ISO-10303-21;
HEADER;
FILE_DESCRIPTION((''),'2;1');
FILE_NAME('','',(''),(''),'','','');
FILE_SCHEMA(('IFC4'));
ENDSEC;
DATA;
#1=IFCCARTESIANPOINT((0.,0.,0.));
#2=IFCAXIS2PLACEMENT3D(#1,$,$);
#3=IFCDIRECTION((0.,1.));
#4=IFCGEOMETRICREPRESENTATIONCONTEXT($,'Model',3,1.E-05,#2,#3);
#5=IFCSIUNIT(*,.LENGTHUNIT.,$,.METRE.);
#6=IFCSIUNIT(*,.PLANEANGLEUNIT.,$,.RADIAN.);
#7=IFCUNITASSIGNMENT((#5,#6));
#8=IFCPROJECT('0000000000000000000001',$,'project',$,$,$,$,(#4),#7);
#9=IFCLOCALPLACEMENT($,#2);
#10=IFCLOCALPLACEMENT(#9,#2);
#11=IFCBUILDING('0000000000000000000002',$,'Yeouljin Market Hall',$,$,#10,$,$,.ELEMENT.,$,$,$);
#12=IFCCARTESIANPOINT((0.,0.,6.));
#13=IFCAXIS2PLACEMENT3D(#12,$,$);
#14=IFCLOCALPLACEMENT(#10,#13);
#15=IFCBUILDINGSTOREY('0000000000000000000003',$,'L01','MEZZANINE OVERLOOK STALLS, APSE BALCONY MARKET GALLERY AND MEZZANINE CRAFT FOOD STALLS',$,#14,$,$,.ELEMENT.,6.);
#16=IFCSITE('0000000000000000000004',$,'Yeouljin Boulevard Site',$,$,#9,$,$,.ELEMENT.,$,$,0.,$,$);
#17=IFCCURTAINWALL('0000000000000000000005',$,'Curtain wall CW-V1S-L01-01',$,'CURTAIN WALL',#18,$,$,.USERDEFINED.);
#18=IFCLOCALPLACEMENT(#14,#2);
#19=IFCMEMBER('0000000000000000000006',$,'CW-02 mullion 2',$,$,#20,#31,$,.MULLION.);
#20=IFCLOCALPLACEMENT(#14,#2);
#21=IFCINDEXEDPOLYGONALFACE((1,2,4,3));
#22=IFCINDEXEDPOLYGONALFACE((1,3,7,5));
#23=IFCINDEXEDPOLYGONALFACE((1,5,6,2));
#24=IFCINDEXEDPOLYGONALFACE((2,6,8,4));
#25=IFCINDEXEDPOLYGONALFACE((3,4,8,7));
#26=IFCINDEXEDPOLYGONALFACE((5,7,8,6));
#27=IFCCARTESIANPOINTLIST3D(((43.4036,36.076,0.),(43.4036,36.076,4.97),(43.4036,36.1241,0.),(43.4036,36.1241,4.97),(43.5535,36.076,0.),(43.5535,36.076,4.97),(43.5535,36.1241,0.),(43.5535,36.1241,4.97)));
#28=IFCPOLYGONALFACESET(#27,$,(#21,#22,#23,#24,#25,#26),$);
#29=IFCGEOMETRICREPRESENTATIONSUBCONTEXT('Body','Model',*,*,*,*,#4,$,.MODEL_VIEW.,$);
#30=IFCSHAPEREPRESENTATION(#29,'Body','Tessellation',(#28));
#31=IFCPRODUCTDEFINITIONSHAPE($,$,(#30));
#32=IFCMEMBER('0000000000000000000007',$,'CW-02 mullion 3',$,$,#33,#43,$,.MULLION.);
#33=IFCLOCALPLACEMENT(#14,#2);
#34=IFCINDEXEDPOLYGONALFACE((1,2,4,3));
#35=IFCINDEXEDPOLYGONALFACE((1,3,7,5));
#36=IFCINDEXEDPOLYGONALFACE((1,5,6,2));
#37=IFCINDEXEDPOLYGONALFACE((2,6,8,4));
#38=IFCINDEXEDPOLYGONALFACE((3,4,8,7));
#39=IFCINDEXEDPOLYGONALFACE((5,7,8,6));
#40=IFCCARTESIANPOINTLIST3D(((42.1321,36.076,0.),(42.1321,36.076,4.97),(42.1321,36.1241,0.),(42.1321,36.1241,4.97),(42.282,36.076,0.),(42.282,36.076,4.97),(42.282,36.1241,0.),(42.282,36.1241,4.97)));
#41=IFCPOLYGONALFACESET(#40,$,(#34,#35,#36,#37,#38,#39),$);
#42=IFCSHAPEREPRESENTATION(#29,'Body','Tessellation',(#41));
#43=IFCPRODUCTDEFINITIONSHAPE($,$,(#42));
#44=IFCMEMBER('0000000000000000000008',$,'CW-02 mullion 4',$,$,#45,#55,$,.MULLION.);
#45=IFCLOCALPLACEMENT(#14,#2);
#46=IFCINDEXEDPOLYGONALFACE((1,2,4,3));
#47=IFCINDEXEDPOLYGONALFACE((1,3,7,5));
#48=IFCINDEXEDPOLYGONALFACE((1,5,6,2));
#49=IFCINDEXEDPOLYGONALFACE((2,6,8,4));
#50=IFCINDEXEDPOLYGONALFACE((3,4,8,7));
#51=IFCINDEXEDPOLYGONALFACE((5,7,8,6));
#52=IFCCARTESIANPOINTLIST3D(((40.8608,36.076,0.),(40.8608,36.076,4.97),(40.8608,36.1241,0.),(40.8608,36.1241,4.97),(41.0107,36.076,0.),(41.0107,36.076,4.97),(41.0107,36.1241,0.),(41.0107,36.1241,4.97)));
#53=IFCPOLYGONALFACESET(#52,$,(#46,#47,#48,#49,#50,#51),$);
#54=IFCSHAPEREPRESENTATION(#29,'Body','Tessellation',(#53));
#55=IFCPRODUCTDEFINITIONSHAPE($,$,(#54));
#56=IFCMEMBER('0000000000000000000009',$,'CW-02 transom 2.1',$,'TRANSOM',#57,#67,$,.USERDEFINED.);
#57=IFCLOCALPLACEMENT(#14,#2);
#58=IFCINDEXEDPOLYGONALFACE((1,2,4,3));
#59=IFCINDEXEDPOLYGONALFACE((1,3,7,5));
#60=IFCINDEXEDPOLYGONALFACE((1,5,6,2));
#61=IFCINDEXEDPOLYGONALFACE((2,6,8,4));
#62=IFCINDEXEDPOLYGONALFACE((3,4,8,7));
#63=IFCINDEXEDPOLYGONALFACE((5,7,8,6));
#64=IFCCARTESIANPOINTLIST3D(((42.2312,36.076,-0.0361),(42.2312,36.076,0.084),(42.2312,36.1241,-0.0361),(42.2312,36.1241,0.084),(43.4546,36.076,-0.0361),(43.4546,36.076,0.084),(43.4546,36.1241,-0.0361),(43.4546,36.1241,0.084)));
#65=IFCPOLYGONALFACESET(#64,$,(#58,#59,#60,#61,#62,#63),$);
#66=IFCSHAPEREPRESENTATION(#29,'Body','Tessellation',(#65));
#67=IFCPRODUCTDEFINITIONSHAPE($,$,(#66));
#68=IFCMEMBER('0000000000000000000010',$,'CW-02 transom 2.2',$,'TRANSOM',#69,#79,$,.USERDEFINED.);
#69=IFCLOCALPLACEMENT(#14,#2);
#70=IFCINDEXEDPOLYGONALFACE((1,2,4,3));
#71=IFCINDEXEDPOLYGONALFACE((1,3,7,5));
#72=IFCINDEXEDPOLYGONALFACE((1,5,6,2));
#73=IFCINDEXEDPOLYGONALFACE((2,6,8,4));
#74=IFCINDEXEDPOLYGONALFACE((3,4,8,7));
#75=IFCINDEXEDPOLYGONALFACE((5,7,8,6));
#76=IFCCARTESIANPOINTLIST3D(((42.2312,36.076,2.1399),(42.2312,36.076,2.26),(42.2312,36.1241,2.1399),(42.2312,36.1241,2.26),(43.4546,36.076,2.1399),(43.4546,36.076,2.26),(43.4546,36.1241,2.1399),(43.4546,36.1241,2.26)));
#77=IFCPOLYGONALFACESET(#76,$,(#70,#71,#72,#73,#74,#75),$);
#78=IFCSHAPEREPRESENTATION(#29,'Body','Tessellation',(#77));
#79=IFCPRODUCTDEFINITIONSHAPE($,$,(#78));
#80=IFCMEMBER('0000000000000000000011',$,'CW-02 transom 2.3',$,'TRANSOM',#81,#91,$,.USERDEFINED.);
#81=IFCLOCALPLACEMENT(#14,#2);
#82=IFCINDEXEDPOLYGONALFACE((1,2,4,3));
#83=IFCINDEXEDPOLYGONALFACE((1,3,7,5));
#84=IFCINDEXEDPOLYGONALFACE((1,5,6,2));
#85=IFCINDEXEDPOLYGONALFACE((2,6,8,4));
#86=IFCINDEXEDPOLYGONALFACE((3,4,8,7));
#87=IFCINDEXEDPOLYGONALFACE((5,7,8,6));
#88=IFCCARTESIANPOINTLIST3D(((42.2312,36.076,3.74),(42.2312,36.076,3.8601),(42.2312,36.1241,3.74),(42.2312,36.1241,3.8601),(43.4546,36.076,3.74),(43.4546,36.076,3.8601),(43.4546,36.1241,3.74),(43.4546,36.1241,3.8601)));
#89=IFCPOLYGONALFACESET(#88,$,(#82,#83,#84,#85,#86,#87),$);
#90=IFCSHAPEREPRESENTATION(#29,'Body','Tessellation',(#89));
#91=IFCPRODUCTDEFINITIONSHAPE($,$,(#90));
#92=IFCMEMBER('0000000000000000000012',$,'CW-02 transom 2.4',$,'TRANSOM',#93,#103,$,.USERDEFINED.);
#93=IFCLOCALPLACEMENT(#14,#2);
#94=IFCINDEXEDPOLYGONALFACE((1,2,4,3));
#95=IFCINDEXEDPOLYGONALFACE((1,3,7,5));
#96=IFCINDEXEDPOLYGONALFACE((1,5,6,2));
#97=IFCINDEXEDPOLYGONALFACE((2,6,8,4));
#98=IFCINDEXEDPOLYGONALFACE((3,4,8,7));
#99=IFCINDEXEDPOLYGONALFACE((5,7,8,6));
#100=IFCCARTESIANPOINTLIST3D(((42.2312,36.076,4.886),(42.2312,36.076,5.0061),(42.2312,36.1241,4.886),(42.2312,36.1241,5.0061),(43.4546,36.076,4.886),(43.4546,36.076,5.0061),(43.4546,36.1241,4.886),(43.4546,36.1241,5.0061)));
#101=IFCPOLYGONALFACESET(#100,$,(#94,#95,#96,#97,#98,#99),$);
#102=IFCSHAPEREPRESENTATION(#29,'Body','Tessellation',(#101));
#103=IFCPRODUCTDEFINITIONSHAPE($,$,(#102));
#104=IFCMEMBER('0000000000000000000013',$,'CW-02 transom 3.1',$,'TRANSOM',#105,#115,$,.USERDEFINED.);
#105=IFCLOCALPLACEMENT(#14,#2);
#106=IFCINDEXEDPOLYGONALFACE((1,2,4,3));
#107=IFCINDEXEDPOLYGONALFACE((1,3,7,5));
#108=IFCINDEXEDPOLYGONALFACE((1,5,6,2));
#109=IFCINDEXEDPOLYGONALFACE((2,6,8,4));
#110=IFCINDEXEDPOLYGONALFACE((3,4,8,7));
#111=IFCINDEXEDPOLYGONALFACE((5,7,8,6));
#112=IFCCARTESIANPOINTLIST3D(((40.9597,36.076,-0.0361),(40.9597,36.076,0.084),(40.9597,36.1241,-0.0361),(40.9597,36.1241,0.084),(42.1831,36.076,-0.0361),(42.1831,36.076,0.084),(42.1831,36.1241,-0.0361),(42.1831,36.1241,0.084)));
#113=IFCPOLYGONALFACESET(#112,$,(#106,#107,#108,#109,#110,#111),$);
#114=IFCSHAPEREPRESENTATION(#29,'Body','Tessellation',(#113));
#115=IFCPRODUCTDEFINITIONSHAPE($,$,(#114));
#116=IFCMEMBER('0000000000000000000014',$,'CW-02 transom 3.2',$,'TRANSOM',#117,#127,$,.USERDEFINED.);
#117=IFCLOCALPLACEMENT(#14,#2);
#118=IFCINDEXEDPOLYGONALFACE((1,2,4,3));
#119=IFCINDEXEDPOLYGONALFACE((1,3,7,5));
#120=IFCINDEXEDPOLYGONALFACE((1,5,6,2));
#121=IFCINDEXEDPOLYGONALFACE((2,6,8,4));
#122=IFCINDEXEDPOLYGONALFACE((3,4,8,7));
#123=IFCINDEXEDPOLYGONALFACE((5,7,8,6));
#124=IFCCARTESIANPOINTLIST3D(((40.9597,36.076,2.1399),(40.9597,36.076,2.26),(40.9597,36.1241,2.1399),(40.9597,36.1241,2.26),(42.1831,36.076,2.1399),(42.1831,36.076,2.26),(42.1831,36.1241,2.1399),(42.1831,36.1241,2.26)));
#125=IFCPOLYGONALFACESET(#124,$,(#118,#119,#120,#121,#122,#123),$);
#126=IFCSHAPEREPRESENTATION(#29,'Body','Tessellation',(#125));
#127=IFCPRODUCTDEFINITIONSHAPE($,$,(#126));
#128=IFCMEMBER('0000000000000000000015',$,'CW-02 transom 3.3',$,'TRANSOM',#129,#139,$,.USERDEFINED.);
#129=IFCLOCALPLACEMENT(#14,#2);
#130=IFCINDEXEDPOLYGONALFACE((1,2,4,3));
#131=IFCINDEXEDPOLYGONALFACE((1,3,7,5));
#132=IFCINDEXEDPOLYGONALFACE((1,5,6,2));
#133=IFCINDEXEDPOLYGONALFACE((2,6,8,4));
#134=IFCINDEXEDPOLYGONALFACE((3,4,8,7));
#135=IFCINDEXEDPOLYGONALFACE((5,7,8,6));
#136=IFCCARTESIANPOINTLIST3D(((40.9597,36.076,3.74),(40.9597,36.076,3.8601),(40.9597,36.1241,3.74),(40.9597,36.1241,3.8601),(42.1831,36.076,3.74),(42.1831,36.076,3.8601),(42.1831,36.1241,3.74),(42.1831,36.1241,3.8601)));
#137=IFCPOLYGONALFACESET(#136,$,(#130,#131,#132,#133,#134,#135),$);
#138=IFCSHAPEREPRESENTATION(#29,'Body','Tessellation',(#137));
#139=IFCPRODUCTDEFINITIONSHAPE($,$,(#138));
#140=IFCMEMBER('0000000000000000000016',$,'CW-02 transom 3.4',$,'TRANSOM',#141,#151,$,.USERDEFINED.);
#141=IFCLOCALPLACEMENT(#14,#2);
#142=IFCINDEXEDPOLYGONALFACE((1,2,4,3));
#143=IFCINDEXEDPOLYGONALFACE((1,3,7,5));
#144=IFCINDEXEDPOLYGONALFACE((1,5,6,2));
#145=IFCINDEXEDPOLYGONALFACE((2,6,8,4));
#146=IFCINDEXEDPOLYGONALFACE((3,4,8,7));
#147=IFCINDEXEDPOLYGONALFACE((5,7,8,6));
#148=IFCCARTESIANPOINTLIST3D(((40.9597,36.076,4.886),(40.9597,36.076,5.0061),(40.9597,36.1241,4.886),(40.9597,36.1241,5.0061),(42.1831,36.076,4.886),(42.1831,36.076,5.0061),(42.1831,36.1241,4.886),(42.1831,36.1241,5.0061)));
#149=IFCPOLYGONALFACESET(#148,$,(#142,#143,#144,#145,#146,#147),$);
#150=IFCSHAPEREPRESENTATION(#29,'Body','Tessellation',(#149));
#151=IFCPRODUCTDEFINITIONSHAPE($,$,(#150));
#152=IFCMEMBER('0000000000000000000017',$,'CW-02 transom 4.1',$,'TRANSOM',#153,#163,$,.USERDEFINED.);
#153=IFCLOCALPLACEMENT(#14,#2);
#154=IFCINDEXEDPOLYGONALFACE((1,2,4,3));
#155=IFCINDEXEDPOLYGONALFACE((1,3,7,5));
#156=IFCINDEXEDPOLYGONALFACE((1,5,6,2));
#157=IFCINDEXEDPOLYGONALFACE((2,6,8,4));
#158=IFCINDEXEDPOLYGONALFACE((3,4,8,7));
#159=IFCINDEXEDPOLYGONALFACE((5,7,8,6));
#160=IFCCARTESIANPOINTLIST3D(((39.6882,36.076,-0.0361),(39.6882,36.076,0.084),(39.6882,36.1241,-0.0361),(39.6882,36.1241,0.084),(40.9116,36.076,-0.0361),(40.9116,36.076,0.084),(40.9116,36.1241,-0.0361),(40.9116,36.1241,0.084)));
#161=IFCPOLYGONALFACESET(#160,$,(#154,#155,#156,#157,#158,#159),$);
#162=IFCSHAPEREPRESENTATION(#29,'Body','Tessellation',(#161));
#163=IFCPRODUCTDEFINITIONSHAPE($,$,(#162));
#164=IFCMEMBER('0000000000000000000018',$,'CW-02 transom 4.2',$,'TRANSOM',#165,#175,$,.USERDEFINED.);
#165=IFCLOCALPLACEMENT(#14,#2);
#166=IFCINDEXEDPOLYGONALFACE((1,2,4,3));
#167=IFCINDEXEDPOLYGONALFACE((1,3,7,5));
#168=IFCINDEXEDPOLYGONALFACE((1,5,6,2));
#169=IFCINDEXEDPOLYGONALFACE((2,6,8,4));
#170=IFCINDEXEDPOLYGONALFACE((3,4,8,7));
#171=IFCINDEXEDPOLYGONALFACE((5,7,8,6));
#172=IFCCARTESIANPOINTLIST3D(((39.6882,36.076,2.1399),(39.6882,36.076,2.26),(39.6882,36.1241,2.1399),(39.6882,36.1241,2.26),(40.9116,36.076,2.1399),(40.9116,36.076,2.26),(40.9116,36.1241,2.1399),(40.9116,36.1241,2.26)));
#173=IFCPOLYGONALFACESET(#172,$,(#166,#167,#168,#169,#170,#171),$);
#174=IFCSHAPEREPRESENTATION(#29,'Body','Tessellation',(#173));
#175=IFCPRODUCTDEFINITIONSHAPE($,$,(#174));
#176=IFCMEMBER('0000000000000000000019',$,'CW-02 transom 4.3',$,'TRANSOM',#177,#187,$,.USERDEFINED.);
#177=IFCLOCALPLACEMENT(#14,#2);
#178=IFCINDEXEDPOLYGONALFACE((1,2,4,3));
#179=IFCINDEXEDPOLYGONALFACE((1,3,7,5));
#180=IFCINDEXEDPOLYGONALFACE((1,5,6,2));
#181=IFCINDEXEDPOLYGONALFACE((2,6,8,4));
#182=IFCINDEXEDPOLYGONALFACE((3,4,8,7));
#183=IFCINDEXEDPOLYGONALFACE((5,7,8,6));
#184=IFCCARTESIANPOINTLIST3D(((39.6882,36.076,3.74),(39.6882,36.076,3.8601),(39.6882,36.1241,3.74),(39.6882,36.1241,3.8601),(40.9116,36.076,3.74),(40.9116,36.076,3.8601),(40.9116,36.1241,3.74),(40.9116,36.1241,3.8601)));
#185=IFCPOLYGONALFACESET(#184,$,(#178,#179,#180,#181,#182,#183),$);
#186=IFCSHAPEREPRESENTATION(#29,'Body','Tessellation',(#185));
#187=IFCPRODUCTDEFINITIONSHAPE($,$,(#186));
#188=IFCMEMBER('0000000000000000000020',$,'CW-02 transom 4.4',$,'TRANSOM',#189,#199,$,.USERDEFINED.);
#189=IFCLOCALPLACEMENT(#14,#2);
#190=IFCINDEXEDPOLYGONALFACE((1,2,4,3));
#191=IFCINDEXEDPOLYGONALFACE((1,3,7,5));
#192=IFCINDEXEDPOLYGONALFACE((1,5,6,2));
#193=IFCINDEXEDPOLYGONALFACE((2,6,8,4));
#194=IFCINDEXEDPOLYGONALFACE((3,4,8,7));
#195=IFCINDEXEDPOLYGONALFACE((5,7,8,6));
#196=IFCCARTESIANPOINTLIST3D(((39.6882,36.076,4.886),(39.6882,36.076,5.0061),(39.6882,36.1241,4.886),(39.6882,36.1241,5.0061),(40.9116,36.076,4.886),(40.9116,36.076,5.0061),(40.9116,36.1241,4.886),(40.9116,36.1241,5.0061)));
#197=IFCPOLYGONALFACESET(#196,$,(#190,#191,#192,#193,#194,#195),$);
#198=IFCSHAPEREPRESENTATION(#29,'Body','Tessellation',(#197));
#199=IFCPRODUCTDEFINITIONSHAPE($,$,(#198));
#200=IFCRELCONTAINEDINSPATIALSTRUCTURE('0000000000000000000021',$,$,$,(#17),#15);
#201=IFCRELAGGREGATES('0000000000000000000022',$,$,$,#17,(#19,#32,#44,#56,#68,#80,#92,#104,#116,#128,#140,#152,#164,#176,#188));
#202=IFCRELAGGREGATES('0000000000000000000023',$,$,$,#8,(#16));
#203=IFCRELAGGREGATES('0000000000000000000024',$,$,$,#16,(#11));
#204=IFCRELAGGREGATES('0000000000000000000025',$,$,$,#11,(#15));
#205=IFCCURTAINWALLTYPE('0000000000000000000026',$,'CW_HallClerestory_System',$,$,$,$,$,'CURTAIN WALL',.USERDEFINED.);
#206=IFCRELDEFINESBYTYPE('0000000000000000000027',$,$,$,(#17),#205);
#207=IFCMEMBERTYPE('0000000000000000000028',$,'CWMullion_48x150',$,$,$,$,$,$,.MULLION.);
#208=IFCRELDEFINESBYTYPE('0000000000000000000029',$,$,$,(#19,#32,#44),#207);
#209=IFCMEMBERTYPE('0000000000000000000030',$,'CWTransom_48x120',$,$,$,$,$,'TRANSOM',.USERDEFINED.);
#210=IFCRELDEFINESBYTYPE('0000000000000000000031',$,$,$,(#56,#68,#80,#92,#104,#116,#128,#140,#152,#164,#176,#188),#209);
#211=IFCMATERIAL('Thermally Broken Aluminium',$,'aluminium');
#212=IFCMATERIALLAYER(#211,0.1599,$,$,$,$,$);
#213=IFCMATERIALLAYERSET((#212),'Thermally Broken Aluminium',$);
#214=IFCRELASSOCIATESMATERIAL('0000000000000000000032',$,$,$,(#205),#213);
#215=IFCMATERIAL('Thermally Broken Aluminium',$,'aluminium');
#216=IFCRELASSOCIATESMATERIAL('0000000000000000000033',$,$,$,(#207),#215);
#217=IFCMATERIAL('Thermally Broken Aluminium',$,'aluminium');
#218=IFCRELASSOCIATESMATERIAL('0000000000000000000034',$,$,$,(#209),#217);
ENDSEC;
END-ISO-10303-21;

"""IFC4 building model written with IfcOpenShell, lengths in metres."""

from ifc_helpers import new_model, si_unit, direction, frame, origin, origin_2d, place, context, subcontext, project, spatial, rectangle, extrude, material, layer, layer_set, material_profile, profile_set, type_object, element, aggregate, save


model = new_model("IFC4")

# Units and contexts
model_context = context("Model", 3, precision=1e-05, world=origin(), true_north=direction((0.0, 1.0)))
body_context = subcontext(model_context, "Body", "Model", "MODEL_VIEW")
ifc_project = project(units=[si_unit("LENGTHUNIT", "METRE"), si_unit("PLANEANGLEUNIT", "RADIAN")], contexts=[model_context])

# Site, building, storey
site_placement = place(None, origin())
site = spatial("IfcSite", under=ifc_project, at=site_placement, Name="Yeouljin Boulevard Site", CompositionType="ELEMENT", RefElevation=0.0)
building_placement = place(site_placement, origin())
building = spatial("IfcBuilding", under=site, at=building_placement, Name="Yeouljin Market Hall", CompositionType="ELEMENT")
storey_placement = place(building_placement, frame((0.0, 0.0, 6.0)))
storey = spatial("IfcBuildingStorey", under=building, at=storey_placement, Name="L01", Description="MEZZANINE OVERLOOK STALLS, APSE BALCONY MARKET GALLERY AND MEZZANINE CRAFT FOOD STALLS", CompositionType="ELEMENT", Elevation=6.0)

# Curtain wall, members
ifc_material_1 = material(Name="Thermally Broken Aluminium", Category="aluminium")
ifc_layer_1 = layer(ifc_material_1, 0.1599)
ifc_layer_set_1 = layer_set([ifc_layer_1], Name="Thermally Broken Aluminium")
curtain_wall_type = type_object("IfcCurtainWallType", Name="CW_HallClerestory_System", ElementType="CURTAIN WALL", PredefinedType="USERDEFINED", material=ifc_layer_set_1)
curtain_wall_placement = place(storey_placement, origin())
curtain_wall = element("IfcCurtainWall", 1, at=curtain_wall_placement, inside=storey, type_object=curtain_wall_type, Name="Curtain wall CW-V1S-L01-01", ObjectType="CURTAIN WALL", PredefinedType="USERDEFINED")
ifc_material_2 = material(Name="Thermally Broken Aluminium", Category="aluminium")
ifc_material_profile_1 = material_profile(ifc_material_2, rectangle(XDim=0.0481, YDim=0.1499, at=origin_2d()), Name="CW-MULL-48x150")
ifc_profile_set_1 = profile_set([ifc_material_profile_1], Name="Thermally Broken Aluminium")
member_type_1 = type_object("IfcMemberType", Name="CWMullion_48x150", PredefinedType="MULLION", material=ifc_profile_set_1)
member_1_placement = place(storey_placement, frame((43.4785, 36.1001, 0.0), z_axis=(0.0, 0.0, 1.0), x_axis=(0.0, -1.0, 0.0)))
member_1 = element("IfcMember", 2, at=member_1_placement, type_object=member_type_1, Name="CW-02 mullion 2", PredefinedType="MULLION", context=body_context, shape_type="SweptSolid", body=[
    extrude(rectangle(XDim=0.0481, YDim=0.1499, at=origin_2d()), origin(), (0.0, 0.0, 1.0), 4.97),
])
member_2_placement = place(storey_placement, frame((42.207, 36.1001, 0.0), z_axis=(0.0, 0.0, 1.0), x_axis=(0.0, -1.0, 0.0)))
member_2 = element("IfcMember", 3, at=member_2_placement, type_object=member_type_1, Name="CW-02 mullion 3", PredefinedType="MULLION", context=body_context, shape_type="SweptSolid", body=[
    extrude(rectangle(XDim=0.0481, YDim=0.1499, at=origin_2d()), origin(), (0.0, 0.0, 1.0), 4.97),
])
member_3_placement = place(storey_placement, frame((40.9358, 36.1001, 0.0), z_axis=(0.0, 0.0, 1.0), x_axis=(0.0, -1.0, 0.0)))
member_3 = element("IfcMember", 4, at=member_3_placement, type_object=member_type_1, Name="CW-02 mullion 4", PredefinedType="MULLION", context=body_context, shape_type="SweptSolid", body=[
    extrude(rectangle(XDim=0.0481, YDim=0.1499, at=origin_2d()), origin(), (0.0, 0.0, 1.0), 4.97),
])
ifc_material_3 = material(Name="Thermally Broken Aluminium", Category="aluminium")
ifc_material_profile_2 = material_profile(ifc_material_3, rectangle(XDim=0.0481, YDim=0.1201, at=origin_2d()), Name="CW-TRAN-48x120")
ifc_profile_set_2 = profile_set([ifc_material_profile_2], Name="Thermally Broken Aluminium")
member_type_2 = type_object("IfcMemberType", Name="CWTransom_48x120", ElementType="TRANSOM", PredefinedType="USERDEFINED", material=ifc_profile_set_2)
member_4_placement = place(storey_placement, frame((43.4546, 36.1001, 0.0239), z_axis=(-1.0, 0.0, 0.0), x_axis=(0.0, -1.0, 0.0)))
member_4 = element("IfcMember", 5, at=member_4_placement, type_object=member_type_2, Name="CW-02 transom 2.1", ObjectType="TRANSOM", PredefinedType="USERDEFINED", context=body_context, shape_type="SweptSolid", body=[
    extrude(rectangle(XDim=0.0481, YDim=0.1201, at=origin_2d()), origin(), (0.0, 0.0, 1.0), 1.2234),
])
member_5_placement = place(storey_placement, frame((43.4546, 36.1001, 2.2), z_axis=(-1.0, 0.0, 0.0), x_axis=(0.0, -1.0, 0.0)))
member_5 = element("IfcMember", 6, at=member_5_placement, type_object=member_type_2, Name="CW-02 transom 2.2", ObjectType="TRANSOM", PredefinedType="USERDEFINED", context=body_context, shape_type="SweptSolid", body=[
    extrude(rectangle(XDim=0.0481, YDim=0.1201, at=origin_2d()), origin(), (0.0, 0.0, 1.0), 1.2234),
])
member_6_placement = place(storey_placement, frame((43.4546, 36.1001, 3.8), z_axis=(-1.0, 0.0, 0.0), x_axis=(0.0, -1.0, 0.0)))
member_6 = element("IfcMember", 7, at=member_6_placement, type_object=member_type_2, Name="CW-02 transom 2.3", ObjectType="TRANSOM", PredefinedType="USERDEFINED", context=body_context, shape_type="SweptSolid", body=[
    extrude(rectangle(XDim=0.0481, YDim=0.1201, at=origin_2d()), origin(), (0.0, 0.0, 1.0), 1.2234),
])
member_7_placement = place(storey_placement, frame((43.4546, 36.1001, 4.946), z_axis=(-1.0, 0.0, 0.0), x_axis=(0.0, -1.0, 0.0)))
member_7 = element("IfcMember", 8, at=member_7_placement, type_object=member_type_2, Name="CW-02 transom 2.4", ObjectType="TRANSOM", PredefinedType="USERDEFINED", context=body_context, shape_type="SweptSolid", body=[
    extrude(rectangle(XDim=0.0481, YDim=0.1201, at=origin_2d()), origin(), (0.0, 0.0, 1.0), 1.2234),
])
member_8_placement = place(storey_placement, frame((42.1831, 36.1001, 0.0239), z_axis=(-1.0, 0.0, 0.0), x_axis=(0.0, -1.0, 0.0)))
member_8 = element("IfcMember", 9, at=member_8_placement, type_object=member_type_2, Name="CW-02 transom 3.1", ObjectType="TRANSOM", PredefinedType="USERDEFINED", context=body_context, shape_type="SweptSolid", body=[
    extrude(rectangle(XDim=0.0481, YDim=0.1201, at=origin_2d()), origin(), (0.0, 0.0, 1.0), 1.2234),
])
member_9_placement = place(storey_placement, frame((42.1831, 36.1001, 2.2), z_axis=(-1.0, 0.0, 0.0), x_axis=(0.0, -1.0, 0.0)))
member_9 = element("IfcMember", 10, at=member_9_placement, type_object=member_type_2, Name="CW-02 transom 3.2", ObjectType="TRANSOM", PredefinedType="USERDEFINED", context=body_context, shape_type="SweptSolid", body=[
    extrude(rectangle(XDim=0.0481, YDim=0.1201, at=origin_2d()), origin(), (0.0, 0.0, 1.0), 1.2234),
])
member_10_placement = place(storey_placement, frame((42.1831, 36.1001, 3.8), z_axis=(-1.0, 0.0, 0.0), x_axis=(0.0, -1.0, 0.0)))
member_10 = element("IfcMember", 11, at=member_10_placement, type_object=member_type_2, Name="CW-02 transom 3.3", ObjectType="TRANSOM", PredefinedType="USERDEFINED", context=body_context, shape_type="SweptSolid", body=[
    extrude(rectangle(XDim=0.0481, YDim=0.1201, at=origin_2d()), origin(), (0.0, 0.0, 1.0), 1.2234),
])
member_11_placement = place(storey_placement, frame((42.1831, 36.1001, 4.946), z_axis=(-1.0, 0.0, 0.0), x_axis=(0.0, -1.0, 0.0)))
member_11 = element("IfcMember", 12, at=member_11_placement, type_object=member_type_2, Name="CW-02 transom 3.4", ObjectType="TRANSOM", PredefinedType="USERDEFINED", context=body_context, shape_type="SweptSolid", body=[
    extrude(rectangle(XDim=0.0481, YDim=0.1201, at=origin_2d()), origin(), (0.0, 0.0, 1.0), 1.2234),
])
member_12_placement = place(storey_placement, frame((40.9116, 36.1001, 0.0239), z_axis=(-1.0, 0.0, 0.0), x_axis=(0.0, -1.0, 0.0)))
member_12 = element("IfcMember", 13, at=member_12_placement, type_object=member_type_2, Name="CW-02 transom 4.1", ObjectType="TRANSOM", PredefinedType="USERDEFINED", context=body_context, shape_type="SweptSolid", body=[
    extrude(rectangle(XDim=0.0481, YDim=0.1201, at=origin_2d()), origin(), (0.0, 0.0, 1.0), 1.2234),
])
member_13_placement = place(storey_placement, frame((40.9116, 36.1001, 2.2), z_axis=(-1.0, 0.0, 0.0), x_axis=(0.0, -1.0, 0.0)))
member_13 = element("IfcMember", 14, at=member_13_placement, type_object=member_type_2, Name="CW-02 transom 4.2", ObjectType="TRANSOM", PredefinedType="USERDEFINED", context=body_context, shape_type="SweptSolid", body=[
    extrude(rectangle(XDim=0.0481, YDim=0.1201, at=origin_2d()), origin(), (0.0, 0.0, 1.0), 1.2234),
])
member_14_placement = place(storey_placement, frame((40.9116, 36.1001, 3.8), z_axis=(-1.0, 0.0, 0.0), x_axis=(0.0, -1.0, 0.0)))
member_14 = element("IfcMember", 15, at=member_14_placement, type_object=member_type_2, Name="CW-02 transom 4.3", ObjectType="TRANSOM", PredefinedType="USERDEFINED", context=body_context, shape_type="SweptSolid", body=[
    extrude(rectangle(XDim=0.0481, YDim=0.1201, at=origin_2d()), origin(), (0.0, 0.0, 1.0), 1.2234),
])
member_15_placement = place(storey_placement, frame((40.9116, 36.1001, 4.946), z_axis=(-1.0, 0.0, 0.0), x_axis=(0.0, -1.0, 0.0)))
member_15 = element("IfcMember", 16, at=member_15_placement, type_object=member_type_2, Name="CW-02 transom 4.4", ObjectType="TRANSOM", PredefinedType="USERDEFINED", context=body_context, shape_type="SweptSolid", body=[
    extrude(rectangle(XDim=0.0481, YDim=0.1201, at=origin_2d()), origin(), (0.0, 0.0, 1.0), 1.2234),
])
aggregate(curtain_wall, [member_1, member_2, member_3, member_4, member_5, member_6, member_7, member_8, member_9, member_10, member_11, member_12, member_13, member_14, member_15])

save(model, "model.ifc")
